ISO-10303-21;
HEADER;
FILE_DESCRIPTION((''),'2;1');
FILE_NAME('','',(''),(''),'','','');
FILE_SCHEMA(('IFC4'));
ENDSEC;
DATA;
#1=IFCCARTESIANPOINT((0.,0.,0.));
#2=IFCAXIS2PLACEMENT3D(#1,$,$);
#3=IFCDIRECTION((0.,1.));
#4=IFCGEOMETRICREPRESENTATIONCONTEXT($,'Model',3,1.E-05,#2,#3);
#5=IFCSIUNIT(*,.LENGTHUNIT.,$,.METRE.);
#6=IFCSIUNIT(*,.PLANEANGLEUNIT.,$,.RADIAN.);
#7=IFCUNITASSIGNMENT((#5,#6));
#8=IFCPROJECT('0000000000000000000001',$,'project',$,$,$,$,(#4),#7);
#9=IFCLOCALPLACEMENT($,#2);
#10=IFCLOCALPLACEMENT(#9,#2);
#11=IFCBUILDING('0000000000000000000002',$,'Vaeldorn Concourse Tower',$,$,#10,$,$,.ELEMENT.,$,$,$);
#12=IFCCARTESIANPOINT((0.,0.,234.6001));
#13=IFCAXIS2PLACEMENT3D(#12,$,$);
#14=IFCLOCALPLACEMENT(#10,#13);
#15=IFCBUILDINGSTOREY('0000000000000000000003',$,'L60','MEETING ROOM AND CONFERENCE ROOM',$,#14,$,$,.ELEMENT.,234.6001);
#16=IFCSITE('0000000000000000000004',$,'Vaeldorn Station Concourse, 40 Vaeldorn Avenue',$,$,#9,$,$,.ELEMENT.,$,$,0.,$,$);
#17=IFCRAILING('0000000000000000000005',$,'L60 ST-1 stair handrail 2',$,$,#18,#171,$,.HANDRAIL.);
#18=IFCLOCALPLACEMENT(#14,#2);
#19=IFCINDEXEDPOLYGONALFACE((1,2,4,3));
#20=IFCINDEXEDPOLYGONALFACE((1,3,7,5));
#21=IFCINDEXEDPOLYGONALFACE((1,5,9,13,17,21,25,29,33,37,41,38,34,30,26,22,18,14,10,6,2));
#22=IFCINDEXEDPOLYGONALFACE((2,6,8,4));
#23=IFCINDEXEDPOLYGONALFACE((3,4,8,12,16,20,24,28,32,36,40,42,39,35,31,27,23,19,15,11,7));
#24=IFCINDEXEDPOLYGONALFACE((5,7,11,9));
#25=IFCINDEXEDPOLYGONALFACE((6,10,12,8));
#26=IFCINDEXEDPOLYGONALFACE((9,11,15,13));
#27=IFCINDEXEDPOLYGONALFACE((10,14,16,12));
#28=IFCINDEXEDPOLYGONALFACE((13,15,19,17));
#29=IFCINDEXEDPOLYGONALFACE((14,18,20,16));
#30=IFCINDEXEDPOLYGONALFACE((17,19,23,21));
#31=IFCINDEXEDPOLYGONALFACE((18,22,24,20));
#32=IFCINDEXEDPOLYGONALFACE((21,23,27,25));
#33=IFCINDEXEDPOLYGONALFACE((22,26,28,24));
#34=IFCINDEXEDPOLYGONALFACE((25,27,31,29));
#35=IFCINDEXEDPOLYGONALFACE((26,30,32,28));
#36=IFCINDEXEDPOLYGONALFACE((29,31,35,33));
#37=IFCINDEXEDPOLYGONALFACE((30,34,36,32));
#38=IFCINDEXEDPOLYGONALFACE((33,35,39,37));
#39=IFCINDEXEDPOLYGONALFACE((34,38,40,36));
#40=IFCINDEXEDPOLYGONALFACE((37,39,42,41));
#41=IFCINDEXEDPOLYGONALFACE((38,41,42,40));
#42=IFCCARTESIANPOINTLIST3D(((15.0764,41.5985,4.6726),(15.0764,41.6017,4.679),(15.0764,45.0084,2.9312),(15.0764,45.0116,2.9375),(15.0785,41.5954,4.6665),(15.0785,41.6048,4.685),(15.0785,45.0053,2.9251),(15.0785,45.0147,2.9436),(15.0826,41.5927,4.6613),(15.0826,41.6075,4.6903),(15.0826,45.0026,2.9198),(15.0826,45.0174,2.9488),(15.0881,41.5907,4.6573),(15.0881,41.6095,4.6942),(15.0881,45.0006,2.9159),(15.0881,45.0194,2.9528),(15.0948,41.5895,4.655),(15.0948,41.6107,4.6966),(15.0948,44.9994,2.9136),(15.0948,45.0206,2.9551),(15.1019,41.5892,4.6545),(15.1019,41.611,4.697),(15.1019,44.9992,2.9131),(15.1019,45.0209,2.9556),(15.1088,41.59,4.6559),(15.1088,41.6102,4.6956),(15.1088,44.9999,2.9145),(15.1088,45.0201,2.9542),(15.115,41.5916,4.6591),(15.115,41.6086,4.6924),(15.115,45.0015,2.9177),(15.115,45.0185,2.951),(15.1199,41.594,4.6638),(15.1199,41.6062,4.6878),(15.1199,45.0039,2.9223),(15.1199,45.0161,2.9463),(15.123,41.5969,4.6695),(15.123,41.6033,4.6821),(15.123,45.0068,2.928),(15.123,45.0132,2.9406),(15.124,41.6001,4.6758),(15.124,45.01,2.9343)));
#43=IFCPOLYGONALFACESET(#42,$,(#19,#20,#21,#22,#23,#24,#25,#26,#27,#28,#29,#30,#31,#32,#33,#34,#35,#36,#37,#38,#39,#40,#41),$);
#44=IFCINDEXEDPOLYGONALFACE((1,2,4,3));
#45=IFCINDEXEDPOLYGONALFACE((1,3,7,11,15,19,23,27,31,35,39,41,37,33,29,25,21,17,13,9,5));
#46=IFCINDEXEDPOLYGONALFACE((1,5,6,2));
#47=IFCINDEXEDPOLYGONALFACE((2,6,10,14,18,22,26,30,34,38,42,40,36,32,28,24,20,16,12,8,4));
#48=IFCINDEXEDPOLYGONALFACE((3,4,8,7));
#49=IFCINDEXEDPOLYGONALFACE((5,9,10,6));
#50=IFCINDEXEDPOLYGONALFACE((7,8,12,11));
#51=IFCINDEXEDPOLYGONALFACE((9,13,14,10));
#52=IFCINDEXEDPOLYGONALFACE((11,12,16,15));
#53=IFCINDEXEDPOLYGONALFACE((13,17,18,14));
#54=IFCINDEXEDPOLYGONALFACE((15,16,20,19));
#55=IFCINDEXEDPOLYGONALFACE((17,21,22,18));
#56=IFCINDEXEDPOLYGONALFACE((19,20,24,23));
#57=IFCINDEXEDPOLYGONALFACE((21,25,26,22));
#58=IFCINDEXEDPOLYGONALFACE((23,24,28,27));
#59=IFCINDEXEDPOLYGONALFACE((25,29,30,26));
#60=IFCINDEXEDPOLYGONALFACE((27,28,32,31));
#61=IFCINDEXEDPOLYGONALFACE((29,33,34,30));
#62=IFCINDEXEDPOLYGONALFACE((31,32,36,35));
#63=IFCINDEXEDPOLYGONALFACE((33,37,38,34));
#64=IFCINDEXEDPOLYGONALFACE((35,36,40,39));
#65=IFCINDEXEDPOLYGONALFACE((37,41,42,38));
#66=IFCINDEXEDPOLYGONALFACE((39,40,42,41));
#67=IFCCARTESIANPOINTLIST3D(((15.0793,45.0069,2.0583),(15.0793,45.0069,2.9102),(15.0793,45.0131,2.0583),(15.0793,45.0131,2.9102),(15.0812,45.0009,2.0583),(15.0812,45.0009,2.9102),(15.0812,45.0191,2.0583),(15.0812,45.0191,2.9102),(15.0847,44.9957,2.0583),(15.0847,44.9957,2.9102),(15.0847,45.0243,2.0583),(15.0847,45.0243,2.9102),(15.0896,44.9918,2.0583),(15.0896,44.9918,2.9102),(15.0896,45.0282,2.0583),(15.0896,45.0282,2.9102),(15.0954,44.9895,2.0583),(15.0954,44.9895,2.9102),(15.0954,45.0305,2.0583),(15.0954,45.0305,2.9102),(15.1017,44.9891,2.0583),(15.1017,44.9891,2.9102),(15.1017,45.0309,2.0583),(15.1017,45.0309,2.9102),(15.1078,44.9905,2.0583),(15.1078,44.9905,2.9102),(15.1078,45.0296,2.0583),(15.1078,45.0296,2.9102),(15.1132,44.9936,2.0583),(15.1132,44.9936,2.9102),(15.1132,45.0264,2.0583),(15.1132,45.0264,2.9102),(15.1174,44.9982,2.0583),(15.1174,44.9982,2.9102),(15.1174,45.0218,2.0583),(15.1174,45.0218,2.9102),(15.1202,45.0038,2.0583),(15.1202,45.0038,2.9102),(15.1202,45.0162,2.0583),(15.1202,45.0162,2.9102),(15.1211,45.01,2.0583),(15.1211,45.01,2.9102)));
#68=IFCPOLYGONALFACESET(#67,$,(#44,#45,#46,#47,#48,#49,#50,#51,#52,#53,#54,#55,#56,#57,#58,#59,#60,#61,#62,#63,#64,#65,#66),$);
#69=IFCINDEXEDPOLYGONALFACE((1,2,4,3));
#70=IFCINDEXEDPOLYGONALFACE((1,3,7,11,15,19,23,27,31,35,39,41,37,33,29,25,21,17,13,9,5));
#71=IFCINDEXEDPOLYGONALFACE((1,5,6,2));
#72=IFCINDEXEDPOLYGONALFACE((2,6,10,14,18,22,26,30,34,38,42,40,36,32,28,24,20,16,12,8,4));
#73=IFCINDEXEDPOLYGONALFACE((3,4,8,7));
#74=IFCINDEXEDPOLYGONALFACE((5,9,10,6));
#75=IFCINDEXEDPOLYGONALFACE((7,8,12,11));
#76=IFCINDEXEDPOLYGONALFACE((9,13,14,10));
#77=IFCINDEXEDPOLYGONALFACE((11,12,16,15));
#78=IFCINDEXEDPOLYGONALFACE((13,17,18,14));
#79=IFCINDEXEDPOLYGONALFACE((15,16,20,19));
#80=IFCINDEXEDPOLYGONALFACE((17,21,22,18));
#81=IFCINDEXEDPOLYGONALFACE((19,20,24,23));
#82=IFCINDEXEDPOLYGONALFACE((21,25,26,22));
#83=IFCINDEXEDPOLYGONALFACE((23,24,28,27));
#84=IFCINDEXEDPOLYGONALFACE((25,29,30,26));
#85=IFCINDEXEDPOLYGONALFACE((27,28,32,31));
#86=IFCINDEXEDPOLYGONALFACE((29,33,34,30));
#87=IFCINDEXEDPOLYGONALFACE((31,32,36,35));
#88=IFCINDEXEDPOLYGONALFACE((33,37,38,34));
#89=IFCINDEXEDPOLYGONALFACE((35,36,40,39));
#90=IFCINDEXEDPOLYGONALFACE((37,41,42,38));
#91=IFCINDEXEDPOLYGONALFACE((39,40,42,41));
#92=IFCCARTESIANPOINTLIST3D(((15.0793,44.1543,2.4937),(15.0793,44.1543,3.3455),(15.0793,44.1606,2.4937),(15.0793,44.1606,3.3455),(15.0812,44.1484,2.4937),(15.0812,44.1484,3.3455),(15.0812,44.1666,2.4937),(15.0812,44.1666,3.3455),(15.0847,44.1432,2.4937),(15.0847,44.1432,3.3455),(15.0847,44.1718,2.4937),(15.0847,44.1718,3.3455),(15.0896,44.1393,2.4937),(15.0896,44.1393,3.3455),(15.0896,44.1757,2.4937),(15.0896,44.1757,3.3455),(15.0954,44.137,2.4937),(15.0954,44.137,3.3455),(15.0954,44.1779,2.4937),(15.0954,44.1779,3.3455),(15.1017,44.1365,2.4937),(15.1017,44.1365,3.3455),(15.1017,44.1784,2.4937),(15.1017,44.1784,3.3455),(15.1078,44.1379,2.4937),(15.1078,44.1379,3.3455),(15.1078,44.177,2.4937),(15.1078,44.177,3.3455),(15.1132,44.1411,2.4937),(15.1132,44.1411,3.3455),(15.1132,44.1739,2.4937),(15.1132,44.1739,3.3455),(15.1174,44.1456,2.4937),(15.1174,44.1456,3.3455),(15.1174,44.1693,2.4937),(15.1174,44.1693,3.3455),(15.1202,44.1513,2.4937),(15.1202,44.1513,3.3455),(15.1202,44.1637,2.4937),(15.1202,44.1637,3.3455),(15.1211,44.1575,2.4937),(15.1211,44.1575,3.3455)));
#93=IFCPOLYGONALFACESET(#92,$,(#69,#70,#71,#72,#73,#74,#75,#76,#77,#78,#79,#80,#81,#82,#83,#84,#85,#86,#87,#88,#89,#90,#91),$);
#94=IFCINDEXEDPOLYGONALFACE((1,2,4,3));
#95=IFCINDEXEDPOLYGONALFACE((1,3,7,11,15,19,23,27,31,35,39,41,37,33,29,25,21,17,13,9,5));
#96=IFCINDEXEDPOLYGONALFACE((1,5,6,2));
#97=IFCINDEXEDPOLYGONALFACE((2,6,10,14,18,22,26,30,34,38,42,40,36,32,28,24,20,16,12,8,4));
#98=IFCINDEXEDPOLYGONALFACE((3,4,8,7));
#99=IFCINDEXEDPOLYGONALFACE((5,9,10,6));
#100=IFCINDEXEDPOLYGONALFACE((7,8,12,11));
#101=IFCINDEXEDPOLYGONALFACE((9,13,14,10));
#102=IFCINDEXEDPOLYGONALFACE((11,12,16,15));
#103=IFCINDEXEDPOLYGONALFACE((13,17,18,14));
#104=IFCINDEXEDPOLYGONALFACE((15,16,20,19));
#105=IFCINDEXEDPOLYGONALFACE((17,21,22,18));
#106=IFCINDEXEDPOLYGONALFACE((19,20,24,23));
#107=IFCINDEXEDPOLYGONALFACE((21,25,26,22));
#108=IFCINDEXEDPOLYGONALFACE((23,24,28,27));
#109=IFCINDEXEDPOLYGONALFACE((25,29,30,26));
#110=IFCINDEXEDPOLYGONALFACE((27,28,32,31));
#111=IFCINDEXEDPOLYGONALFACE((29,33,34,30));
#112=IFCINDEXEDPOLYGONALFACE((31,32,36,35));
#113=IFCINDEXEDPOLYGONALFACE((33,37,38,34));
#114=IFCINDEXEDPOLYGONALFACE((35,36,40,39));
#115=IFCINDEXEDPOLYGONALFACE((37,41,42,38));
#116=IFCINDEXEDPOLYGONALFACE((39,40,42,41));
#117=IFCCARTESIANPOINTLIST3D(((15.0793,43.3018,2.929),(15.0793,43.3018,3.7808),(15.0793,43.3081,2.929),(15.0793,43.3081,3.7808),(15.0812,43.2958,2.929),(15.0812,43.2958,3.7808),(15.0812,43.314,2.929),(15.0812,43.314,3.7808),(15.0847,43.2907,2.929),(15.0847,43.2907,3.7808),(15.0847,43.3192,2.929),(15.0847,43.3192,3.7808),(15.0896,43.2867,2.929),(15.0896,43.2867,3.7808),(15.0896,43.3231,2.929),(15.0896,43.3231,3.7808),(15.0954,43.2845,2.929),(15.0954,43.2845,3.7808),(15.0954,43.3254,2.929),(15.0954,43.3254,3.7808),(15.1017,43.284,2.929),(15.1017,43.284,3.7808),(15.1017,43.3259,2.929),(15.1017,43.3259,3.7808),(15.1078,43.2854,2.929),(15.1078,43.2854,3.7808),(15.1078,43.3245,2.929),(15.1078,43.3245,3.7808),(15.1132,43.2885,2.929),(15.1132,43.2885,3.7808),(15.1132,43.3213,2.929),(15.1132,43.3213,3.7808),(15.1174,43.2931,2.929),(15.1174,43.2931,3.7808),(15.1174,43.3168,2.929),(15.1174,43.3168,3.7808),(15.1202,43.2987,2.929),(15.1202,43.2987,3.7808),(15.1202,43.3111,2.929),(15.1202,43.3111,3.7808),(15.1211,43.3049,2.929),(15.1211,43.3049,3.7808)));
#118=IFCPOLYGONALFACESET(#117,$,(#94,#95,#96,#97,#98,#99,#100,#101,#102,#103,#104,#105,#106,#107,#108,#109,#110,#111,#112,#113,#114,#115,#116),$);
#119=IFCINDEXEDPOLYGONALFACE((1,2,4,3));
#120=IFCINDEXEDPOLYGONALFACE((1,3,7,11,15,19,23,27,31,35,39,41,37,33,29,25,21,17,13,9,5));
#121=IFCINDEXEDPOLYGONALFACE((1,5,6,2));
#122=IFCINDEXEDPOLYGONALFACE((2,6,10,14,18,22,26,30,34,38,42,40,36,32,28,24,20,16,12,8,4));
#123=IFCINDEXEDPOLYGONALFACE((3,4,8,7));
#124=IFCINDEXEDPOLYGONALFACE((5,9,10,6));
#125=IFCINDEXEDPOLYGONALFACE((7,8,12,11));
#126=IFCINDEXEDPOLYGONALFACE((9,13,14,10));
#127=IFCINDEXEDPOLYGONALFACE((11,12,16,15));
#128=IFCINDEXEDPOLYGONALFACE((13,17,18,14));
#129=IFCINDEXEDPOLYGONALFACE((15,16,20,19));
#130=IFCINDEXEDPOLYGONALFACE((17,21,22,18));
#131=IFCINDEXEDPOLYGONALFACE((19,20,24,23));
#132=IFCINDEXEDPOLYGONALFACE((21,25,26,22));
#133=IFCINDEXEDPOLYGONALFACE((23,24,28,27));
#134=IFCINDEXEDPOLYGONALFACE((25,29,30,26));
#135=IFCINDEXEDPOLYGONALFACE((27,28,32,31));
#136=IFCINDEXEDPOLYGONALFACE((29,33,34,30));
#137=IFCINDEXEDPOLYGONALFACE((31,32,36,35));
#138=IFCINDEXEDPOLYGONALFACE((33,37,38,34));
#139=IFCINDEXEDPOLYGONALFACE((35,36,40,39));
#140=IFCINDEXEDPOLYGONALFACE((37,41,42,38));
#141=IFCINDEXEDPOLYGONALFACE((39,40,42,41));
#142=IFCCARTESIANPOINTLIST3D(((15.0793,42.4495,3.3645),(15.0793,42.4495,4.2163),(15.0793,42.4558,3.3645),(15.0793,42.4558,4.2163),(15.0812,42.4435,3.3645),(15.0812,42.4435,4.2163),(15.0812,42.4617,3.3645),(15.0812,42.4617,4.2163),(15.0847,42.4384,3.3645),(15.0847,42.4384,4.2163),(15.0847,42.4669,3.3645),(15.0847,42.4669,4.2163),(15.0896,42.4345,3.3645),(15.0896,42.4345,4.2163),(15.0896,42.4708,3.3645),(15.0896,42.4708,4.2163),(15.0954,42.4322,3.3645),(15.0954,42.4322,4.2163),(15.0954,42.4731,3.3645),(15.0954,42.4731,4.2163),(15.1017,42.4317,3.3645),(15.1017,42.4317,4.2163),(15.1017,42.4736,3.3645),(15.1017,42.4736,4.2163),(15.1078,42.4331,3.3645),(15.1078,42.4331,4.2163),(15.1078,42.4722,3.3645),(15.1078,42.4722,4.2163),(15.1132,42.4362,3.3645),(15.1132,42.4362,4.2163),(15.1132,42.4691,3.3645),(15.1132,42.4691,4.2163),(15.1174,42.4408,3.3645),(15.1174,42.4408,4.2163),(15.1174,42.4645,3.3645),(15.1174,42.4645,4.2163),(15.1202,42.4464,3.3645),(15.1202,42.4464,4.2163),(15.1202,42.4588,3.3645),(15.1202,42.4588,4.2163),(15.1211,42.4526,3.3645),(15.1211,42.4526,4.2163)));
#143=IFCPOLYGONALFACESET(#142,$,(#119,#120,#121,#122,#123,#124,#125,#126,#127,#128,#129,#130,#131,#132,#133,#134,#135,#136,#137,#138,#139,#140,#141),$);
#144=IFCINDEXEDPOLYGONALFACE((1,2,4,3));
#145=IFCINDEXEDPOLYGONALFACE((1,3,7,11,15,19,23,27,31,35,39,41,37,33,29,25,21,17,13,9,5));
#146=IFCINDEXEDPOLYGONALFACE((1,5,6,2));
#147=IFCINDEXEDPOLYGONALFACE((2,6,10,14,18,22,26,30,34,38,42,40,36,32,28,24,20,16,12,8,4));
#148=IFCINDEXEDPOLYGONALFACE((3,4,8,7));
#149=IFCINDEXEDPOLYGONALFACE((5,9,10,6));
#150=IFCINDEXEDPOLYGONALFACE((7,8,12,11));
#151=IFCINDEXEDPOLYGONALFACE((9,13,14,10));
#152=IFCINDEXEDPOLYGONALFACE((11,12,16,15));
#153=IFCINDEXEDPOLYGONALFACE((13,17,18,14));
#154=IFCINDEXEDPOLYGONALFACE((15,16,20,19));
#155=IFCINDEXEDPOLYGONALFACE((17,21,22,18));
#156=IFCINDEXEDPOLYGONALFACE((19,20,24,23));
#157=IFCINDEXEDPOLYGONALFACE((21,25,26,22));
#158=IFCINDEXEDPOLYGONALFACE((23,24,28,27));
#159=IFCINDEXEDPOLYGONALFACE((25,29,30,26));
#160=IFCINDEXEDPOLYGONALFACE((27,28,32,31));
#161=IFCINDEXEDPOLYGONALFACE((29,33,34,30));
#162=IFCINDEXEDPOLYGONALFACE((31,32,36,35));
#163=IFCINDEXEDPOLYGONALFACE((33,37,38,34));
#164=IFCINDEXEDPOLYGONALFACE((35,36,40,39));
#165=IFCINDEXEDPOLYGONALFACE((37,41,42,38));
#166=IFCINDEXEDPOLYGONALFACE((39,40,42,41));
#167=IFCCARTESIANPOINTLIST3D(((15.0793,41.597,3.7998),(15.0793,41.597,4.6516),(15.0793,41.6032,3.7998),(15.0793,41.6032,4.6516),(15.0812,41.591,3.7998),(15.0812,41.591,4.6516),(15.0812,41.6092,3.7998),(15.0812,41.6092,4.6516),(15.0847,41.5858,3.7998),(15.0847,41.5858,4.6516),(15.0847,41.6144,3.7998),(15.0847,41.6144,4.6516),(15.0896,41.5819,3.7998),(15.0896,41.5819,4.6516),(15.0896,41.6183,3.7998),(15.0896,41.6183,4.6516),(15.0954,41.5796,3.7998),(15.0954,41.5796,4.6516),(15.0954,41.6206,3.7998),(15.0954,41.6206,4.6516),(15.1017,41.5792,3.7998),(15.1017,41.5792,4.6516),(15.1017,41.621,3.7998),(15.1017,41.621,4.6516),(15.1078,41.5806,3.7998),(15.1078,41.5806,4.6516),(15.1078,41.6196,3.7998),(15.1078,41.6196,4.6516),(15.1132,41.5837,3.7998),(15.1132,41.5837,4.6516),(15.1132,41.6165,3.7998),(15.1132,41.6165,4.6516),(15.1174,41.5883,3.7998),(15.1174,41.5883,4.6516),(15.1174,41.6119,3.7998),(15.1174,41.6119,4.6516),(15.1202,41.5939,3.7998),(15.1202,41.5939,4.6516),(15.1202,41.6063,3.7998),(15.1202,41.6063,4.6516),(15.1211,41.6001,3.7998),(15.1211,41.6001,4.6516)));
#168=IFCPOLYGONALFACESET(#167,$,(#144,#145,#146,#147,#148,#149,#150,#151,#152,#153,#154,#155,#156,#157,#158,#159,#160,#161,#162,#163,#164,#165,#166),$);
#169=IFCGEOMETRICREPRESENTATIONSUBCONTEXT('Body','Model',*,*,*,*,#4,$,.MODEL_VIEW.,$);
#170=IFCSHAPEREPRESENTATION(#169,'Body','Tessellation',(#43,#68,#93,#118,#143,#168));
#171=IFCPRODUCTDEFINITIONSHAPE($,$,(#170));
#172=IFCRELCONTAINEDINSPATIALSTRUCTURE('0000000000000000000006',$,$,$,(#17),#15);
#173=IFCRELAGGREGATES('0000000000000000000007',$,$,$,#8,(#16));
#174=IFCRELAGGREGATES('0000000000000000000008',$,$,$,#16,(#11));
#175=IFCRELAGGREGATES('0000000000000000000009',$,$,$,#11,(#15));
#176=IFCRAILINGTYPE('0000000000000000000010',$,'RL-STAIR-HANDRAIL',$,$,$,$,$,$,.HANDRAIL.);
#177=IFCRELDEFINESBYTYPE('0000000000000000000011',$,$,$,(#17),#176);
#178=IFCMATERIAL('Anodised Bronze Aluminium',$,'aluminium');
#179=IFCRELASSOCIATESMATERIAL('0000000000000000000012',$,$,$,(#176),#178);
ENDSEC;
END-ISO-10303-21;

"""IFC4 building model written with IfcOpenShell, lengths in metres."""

from ifc_helpers import new_model, si_unit, direction, frame, origin, origin_2d, place, context, subcontext, project, spatial, circle, extrude, material, type_object, element, save


model = new_model("IFC4")

# Units and contexts
model_context = context("Model", 3, precision=1e-05, world=origin(), true_north=direction((0.0, 1.0)))
body_context = subcontext(model_context, "Body", "Model", "MODEL_VIEW")
ifc_project = project(units=[si_unit("LENGTHUNIT", "METRE"), si_unit("PLANEANGLEUNIT", "RADIAN")], contexts=[model_context])

# Site, building, storey
site_placement = place(None, origin())
site = spatial("IfcSite", under=ifc_project, at=site_placement, Name="Vaeldorn Station Concourse, 40 Vaeldorn Avenue", CompositionType="ELEMENT", RefElevation=0.0)
building_placement = place(site_placement, origin())
building = spatial("IfcBuilding", under=site, at=building_placement, Name="Vaeldorn Concourse Tower", CompositionType="ELEMENT")
storey_placement = place(building_placement, frame((0.0, 0.0, 234.6001)))
storey = spatial("IfcBuildingStorey", under=building, at=storey_placement, Name="L60", Description="MEETING ROOM AND CONFERENCE ROOM", CompositionType="ELEMENT", Elevation=234.6001)

# Shared definitions
ifc_material_1 = material(Name="Anodised Bronze Aluminium", Category="aluminium")

# Railing
railing_type_1 = type_object("IfcRailingType", Name="RL-STAIR-HANDRAIL", PredefinedType="HANDRAIL", material=ifc_material_1)
railing_1_placement = place(storey_placement, frame((15.1001, 45.01, 2.0583)))
element("IfcRailing", 1, at=railing_1_placement, inside=storey, type_object=railing_type_1, Name="L60 ST-1 stair handrail 2", PredefinedType="HANDRAIL", context=body_context, shape_type="SweptSolid", body=[
    extrude(circle(Radius=0.0239, at=origin_2d()), frame((0.0, 0.0, 0.876), z_axis=(0.0, -0.890582, 0.454823), x_axis=(1.0, 0.0, 0.0)), (0.0, 0.0, 1.0), 3.8289),
    extrude(circle(Radius=0.021, at=origin_2d()), origin(), (0.0, 0.0, 1.0), 0.8518),
    extrude(circle(Radius=0.021, at=origin_2d()), frame((0.0, -0.8525, 0.4353)), (0.0, 0.0, 1.0), 0.8518),
    extrude(circle(Radius=0.021, at=origin_2d()), frame((0.0, -1.7051, 0.8706)), (0.0, 0.0, 1.0), 0.8518),
    extrude(circle(Radius=0.021, at=origin_2d()), frame((0.0, -2.5574, 1.3062)), (0.0, 0.0, 1.0), 0.8518),
    extrude(circle(Radius=0.021, at=origin_2d()), frame((0.0, -3.4099, 1.7415)), (0.0, 0.0, 1.0), 0.8518),
])

save(model, "model.ifc")
